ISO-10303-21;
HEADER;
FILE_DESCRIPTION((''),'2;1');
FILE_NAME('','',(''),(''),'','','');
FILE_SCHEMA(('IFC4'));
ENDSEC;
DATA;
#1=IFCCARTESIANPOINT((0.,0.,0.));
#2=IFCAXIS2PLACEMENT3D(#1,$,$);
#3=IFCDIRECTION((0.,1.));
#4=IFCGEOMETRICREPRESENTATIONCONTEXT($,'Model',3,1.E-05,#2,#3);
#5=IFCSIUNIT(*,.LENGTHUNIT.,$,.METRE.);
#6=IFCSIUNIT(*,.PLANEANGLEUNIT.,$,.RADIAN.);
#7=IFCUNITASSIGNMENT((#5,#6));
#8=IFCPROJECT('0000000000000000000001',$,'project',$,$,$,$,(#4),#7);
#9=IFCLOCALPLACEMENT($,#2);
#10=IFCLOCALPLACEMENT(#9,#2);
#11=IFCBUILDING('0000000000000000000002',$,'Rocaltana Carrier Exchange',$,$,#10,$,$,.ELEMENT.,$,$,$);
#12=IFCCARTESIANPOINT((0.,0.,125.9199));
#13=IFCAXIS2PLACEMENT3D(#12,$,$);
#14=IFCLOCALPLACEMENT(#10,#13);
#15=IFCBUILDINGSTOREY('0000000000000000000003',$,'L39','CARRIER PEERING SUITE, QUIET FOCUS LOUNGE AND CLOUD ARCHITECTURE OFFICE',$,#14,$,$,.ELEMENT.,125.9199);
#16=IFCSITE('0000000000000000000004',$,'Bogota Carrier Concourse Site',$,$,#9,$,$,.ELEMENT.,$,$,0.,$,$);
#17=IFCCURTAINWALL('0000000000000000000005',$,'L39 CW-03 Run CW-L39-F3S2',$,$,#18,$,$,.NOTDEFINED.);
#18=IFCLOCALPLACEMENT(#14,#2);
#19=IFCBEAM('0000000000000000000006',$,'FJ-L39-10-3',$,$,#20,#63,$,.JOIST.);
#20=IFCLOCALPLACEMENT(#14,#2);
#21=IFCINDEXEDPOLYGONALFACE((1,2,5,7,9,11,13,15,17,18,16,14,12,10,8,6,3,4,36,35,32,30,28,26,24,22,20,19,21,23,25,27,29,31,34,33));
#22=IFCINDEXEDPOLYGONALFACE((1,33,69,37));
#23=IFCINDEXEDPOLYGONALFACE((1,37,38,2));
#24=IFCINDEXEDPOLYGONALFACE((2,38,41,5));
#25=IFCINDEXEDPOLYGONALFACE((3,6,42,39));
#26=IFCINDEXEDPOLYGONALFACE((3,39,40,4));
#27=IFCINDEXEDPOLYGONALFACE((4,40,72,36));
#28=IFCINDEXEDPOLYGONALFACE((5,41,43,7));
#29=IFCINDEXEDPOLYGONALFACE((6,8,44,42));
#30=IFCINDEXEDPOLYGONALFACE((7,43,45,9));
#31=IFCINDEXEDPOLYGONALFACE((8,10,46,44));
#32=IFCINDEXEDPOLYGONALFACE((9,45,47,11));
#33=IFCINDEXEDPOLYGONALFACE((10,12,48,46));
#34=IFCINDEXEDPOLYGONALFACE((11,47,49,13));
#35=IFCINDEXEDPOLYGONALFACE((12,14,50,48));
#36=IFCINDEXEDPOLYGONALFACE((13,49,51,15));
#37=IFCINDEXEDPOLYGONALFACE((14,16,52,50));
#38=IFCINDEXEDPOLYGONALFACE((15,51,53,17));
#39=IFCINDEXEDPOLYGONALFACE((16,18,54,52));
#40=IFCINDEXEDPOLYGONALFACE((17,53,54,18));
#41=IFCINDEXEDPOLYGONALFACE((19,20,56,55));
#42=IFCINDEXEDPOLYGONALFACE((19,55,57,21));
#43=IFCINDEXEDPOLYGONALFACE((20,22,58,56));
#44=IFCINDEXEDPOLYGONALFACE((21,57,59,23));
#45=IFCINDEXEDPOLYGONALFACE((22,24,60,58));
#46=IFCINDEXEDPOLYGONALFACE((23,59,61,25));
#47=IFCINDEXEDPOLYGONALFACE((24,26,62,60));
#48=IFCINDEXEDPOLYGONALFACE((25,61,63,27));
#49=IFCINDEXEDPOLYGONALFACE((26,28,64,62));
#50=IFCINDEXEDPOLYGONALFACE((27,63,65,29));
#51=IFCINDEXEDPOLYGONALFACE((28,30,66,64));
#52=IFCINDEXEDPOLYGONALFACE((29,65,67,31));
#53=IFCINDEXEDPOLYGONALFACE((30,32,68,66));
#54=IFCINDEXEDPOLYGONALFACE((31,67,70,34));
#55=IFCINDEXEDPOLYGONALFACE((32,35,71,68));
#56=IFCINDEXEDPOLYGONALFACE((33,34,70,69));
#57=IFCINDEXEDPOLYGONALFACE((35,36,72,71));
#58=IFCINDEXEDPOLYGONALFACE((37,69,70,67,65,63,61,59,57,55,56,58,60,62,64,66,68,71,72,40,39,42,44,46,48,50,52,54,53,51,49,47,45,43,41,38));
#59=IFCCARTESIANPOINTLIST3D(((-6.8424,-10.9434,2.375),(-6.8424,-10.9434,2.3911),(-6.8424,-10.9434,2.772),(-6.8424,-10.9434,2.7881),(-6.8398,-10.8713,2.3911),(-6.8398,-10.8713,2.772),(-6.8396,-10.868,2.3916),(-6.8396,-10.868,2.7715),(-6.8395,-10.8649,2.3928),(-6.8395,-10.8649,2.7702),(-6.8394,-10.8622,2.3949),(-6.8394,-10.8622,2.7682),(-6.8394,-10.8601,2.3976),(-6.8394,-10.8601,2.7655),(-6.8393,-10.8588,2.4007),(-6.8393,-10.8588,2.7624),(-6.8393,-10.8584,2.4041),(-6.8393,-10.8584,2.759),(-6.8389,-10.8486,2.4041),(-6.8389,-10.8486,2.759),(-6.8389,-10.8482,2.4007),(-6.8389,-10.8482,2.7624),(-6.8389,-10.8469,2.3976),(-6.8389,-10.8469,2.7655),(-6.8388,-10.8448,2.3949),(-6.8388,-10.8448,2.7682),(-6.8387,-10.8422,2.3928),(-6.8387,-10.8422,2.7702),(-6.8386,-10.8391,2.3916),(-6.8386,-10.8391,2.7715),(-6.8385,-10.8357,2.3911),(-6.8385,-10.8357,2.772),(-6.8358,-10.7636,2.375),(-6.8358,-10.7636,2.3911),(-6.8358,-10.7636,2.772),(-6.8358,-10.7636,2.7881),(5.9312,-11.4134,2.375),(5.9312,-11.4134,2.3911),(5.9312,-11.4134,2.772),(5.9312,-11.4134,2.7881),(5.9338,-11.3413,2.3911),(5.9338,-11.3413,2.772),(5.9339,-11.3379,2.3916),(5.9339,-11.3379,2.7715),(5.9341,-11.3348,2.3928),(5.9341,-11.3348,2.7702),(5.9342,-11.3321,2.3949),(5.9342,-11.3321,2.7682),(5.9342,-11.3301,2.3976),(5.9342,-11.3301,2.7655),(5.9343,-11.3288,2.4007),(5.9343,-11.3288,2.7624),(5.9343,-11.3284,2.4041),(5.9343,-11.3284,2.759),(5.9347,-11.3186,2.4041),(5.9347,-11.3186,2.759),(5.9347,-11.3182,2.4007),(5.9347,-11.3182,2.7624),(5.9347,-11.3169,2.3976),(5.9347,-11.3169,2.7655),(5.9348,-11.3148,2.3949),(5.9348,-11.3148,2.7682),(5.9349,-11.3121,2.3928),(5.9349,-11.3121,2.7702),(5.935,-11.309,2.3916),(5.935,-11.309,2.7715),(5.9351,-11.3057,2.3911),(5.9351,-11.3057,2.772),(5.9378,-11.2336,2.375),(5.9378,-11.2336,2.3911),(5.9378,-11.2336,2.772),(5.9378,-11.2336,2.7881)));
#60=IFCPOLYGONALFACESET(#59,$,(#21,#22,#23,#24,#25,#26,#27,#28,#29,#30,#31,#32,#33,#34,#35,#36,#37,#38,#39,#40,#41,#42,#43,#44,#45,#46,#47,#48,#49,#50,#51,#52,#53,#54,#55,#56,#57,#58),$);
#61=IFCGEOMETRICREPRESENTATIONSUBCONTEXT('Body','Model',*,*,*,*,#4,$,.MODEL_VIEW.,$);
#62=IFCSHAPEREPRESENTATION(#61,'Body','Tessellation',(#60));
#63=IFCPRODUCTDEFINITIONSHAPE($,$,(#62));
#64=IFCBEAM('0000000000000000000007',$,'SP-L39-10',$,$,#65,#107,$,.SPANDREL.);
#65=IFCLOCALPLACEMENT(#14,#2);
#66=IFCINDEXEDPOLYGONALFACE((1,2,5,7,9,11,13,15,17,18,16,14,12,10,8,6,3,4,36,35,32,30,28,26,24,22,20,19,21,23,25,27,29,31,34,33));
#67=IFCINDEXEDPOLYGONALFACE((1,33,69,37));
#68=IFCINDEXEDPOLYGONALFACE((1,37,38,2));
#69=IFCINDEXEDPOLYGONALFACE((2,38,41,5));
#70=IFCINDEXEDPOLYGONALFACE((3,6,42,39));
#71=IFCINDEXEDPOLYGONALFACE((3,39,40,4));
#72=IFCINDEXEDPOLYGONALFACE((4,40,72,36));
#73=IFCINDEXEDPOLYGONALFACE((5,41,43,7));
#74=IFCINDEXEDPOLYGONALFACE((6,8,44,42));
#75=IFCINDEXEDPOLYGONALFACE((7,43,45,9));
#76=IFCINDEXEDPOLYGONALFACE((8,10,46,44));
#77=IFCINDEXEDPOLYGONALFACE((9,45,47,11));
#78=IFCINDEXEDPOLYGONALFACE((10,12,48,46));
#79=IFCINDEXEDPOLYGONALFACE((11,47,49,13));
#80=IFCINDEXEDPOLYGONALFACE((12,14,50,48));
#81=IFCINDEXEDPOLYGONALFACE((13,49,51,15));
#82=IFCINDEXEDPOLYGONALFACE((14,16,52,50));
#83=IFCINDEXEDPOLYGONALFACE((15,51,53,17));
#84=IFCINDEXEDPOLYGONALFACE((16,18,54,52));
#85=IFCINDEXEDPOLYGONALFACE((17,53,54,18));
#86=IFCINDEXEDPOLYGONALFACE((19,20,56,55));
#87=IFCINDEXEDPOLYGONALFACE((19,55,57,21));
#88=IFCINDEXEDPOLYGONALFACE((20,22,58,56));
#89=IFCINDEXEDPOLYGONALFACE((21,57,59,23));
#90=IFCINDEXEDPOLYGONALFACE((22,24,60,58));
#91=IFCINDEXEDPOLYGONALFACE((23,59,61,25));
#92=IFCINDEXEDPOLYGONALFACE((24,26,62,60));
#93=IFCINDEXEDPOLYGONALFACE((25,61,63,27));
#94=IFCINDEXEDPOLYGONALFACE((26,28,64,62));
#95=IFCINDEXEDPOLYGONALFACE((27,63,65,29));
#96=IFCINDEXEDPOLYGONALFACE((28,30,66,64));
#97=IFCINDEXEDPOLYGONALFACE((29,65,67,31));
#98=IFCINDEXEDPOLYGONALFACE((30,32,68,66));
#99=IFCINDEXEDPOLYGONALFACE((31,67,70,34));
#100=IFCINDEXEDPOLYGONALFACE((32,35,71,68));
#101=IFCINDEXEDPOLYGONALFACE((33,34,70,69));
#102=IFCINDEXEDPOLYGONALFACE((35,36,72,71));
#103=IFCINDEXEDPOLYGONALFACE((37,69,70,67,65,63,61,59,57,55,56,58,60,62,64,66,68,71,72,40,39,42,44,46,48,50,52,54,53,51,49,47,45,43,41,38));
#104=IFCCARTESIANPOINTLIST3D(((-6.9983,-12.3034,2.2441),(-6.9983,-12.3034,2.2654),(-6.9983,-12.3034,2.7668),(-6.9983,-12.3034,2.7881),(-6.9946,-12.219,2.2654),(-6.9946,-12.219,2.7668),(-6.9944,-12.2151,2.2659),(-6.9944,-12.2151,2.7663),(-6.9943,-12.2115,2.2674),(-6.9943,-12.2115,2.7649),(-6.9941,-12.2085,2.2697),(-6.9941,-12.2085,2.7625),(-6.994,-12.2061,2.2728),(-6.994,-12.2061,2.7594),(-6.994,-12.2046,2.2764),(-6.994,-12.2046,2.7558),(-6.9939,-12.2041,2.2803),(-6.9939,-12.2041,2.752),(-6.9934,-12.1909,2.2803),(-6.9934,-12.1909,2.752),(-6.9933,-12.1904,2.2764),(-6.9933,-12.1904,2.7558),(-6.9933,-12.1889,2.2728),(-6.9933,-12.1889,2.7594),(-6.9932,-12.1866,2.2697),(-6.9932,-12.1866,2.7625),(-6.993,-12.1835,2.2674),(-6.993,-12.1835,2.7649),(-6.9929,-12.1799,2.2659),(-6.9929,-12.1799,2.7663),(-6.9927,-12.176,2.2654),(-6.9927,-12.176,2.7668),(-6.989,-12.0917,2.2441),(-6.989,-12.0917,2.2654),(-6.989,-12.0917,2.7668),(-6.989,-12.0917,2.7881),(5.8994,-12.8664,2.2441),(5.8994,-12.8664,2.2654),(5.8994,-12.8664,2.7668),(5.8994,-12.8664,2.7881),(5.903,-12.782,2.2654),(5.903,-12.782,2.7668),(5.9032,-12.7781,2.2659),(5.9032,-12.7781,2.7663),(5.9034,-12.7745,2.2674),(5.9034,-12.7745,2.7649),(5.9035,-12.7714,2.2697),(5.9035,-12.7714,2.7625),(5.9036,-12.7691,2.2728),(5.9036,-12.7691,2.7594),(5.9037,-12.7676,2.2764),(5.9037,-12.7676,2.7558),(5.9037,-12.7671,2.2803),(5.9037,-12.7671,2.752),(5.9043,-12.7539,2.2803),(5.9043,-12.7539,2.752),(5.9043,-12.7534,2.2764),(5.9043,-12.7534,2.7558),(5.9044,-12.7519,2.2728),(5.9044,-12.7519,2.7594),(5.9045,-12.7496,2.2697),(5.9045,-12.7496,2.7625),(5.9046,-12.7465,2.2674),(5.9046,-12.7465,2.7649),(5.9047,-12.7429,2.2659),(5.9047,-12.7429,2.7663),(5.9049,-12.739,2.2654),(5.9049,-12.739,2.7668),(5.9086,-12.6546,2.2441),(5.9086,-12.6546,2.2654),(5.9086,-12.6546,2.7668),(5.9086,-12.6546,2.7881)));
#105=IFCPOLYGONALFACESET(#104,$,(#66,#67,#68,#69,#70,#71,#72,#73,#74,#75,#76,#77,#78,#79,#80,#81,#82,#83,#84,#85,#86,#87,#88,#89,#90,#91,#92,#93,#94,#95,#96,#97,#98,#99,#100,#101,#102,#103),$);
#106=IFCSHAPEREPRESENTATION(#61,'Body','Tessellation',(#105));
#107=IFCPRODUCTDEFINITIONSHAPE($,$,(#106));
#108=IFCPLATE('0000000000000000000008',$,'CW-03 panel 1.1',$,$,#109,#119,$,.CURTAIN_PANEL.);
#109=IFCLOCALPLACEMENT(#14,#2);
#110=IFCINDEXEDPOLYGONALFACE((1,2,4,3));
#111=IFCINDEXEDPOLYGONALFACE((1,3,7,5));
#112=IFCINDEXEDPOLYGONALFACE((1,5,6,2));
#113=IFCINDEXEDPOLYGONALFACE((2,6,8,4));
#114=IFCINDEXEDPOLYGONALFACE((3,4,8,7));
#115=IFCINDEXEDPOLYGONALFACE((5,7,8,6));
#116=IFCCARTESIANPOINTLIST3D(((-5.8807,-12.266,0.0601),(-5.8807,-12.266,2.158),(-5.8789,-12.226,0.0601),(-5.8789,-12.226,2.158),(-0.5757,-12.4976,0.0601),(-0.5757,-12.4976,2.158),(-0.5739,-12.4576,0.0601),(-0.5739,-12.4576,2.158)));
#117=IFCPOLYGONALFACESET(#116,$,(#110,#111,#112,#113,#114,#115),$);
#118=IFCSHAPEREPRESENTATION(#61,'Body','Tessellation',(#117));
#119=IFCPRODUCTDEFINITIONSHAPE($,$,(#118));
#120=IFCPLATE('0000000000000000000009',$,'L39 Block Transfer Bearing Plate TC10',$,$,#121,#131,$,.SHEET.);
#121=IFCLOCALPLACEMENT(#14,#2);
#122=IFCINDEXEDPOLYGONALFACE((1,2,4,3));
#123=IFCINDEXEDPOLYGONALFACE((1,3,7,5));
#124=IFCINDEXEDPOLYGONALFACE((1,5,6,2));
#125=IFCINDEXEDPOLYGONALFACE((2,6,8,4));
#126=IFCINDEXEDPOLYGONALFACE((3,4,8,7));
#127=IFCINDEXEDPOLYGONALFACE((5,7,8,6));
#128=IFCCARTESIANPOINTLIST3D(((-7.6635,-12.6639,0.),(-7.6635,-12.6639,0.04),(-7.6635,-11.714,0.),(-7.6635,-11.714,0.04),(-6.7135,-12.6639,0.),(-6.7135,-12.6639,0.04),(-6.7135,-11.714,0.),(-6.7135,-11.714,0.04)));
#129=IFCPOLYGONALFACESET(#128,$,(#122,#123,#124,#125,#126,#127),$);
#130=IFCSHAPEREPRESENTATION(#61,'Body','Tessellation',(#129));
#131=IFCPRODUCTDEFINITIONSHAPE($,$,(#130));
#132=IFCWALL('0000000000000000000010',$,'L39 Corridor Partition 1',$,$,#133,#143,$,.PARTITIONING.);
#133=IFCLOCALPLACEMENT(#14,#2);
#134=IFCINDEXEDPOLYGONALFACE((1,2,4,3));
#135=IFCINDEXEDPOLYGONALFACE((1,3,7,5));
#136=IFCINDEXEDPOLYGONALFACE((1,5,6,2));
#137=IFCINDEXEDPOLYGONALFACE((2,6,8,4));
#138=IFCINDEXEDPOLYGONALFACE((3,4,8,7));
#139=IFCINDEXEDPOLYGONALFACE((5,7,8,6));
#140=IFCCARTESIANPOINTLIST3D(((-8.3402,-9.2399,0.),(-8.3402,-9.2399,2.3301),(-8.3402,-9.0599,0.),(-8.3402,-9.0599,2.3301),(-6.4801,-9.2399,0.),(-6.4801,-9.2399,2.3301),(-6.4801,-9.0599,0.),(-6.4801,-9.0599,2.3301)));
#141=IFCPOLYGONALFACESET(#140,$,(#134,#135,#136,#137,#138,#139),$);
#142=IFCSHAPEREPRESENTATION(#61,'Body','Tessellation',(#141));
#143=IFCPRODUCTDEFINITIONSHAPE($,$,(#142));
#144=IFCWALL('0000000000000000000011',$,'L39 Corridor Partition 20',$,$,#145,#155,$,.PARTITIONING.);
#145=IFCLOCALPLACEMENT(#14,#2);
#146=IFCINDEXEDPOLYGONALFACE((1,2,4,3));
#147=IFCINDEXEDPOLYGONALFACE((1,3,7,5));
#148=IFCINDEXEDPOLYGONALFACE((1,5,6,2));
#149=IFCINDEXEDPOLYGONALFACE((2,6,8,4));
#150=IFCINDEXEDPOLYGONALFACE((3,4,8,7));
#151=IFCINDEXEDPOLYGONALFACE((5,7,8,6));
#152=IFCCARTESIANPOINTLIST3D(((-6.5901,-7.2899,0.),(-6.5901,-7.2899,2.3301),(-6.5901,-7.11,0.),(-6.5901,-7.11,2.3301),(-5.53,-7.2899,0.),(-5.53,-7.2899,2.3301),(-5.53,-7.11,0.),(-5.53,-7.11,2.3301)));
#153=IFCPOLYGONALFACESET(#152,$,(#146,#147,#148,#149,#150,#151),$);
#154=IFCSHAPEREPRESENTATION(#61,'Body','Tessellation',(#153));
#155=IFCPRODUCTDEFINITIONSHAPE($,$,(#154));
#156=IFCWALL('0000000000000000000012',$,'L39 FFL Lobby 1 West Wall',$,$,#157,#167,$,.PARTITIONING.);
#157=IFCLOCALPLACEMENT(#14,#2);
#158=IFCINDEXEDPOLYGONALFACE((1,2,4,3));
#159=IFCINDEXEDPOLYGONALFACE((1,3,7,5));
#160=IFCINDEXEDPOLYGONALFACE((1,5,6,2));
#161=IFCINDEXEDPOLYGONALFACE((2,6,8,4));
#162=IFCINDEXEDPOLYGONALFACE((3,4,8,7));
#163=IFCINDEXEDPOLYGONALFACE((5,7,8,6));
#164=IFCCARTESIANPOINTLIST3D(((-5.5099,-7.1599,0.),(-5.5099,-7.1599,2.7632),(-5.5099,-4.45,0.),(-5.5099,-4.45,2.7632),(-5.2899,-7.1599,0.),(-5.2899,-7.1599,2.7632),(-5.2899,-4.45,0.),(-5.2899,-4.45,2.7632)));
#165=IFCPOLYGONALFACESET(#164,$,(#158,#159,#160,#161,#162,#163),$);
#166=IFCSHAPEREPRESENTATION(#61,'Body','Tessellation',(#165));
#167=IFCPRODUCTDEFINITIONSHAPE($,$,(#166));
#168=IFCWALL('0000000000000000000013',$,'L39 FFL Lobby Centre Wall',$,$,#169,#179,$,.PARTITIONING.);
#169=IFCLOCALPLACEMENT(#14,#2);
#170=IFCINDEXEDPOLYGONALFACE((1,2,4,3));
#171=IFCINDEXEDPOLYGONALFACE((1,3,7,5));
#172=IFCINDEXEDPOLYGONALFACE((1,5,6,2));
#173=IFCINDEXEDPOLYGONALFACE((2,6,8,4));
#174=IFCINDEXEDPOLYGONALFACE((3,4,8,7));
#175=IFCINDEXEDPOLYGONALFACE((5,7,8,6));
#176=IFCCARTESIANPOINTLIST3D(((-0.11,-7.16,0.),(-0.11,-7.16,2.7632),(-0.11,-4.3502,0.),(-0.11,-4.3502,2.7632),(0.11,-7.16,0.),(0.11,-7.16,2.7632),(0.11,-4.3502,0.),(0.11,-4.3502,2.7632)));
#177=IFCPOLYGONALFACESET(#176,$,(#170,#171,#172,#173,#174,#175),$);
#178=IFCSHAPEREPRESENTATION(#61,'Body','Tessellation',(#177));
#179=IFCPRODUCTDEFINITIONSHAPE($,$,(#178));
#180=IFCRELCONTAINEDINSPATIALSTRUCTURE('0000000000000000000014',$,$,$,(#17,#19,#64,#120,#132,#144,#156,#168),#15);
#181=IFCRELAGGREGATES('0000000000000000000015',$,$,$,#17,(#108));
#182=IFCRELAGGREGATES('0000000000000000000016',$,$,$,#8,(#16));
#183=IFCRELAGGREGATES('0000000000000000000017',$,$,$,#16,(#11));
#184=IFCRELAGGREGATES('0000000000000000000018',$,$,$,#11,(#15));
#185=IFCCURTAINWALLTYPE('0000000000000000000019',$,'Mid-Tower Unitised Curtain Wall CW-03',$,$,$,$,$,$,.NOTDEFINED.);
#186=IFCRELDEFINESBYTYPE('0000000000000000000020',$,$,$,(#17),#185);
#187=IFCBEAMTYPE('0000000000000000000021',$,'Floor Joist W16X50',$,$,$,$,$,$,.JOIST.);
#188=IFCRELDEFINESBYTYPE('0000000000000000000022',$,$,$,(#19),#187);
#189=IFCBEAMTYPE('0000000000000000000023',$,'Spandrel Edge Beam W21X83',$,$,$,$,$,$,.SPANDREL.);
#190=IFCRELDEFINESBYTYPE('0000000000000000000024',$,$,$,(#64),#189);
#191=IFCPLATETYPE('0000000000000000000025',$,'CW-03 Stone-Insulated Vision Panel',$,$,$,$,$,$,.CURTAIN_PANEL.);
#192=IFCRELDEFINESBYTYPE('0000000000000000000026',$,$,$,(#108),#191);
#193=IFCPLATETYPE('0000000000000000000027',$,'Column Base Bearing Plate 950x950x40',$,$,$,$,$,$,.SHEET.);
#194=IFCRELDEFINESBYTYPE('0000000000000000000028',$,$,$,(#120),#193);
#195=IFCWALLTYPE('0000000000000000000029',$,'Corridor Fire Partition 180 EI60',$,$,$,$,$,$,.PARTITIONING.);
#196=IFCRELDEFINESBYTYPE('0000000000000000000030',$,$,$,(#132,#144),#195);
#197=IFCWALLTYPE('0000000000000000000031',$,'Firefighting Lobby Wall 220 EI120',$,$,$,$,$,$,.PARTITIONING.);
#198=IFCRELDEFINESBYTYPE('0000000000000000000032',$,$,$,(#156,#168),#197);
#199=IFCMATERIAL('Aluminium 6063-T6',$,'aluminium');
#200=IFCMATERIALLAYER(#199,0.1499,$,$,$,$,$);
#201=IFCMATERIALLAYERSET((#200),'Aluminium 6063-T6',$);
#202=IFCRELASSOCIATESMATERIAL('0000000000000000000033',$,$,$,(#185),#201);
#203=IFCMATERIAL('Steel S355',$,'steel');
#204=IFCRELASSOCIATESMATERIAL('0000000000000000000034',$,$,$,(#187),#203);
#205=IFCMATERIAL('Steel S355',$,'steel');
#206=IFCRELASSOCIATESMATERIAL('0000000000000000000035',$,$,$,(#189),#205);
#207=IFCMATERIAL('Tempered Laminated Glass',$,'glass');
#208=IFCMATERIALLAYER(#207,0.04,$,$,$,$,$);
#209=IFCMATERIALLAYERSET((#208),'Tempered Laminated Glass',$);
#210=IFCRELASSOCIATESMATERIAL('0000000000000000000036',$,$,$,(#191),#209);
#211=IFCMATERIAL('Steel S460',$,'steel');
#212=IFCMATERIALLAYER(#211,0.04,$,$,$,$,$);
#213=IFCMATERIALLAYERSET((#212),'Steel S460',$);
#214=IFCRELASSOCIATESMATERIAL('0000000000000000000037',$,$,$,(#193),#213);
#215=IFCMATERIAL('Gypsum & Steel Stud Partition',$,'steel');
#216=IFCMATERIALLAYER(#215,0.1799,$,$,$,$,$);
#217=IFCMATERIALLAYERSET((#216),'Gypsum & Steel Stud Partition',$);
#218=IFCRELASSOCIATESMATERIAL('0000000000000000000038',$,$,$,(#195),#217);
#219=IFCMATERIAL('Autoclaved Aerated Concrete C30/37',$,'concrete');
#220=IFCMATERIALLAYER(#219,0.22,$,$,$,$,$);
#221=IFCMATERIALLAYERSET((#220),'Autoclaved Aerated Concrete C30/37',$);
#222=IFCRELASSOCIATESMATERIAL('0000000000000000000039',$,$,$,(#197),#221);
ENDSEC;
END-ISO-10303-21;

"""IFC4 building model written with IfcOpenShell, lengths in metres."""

from ifc_helpers import new_model, si_unit, direction, frame, frame_2d, origin, origin_2d, place, context, subcontext, project, spatial, rectangle, i_section, extrude, material, layer, layer_set, material_profile, profile_set, type_object, element, aggregate, save


model = new_model("IFC4")

# Units and contexts
model_context = context("Model", 3, precision=1e-05, world=origin(), true_north=direction((0.0, 1.0)))
body_context = subcontext(model_context, "Body", "Model", "MODEL_VIEW")
ifc_project = project(units=[si_unit("LENGTHUNIT", "METRE"), si_unit("PLANEANGLEUNIT", "RADIAN")], contexts=[model_context])

# Site, building, storey
site_placement = place(None, origin())
site = spatial("IfcSite", under=ifc_project, at=site_placement, Name="Bogota Carrier Concourse Site", CompositionType="ELEMENT", RefElevation=0.0)
building_placement = place(site_placement, origin())
building = spatial("IfcBuilding", under=site, at=building_placement, Name="Rocaltana Carrier Exchange", CompositionType="ELEMENT")
storey_placement = place(building_placement, frame((0.0, 0.0, 125.9199)))
storey = spatial("IfcBuildingStorey", under=building, at=storey_placement, Name="L39", Description="CARRIER PEERING SUITE, QUIET FOCUS LOUNGE AND CLOUD ARCHITECTURE OFFICE", CompositionType="ELEMENT", Elevation=125.9199)

# Curtain wall
ifc_material_1 = material(Name="Aluminium 6063-T6", Category="aluminium")
ifc_layer_1 = layer(ifc_material_1, 0.1499)
ifc_layer_set_1 = layer_set([ifc_layer_1], Name="Aluminium 6063-T6")
curtain_wall_type = type_object("IfcCurtainWallType", Name="Mid-Tower Unitised Curtain Wall CW-03", PredefinedType="NOTDEFINED", material=ifc_layer_set_1)
curtain_wall_placement = place(storey_placement, origin())
curtain_wall = element("IfcCurtainWall", 1, at=curtain_wall_placement, inside=storey, type_object=curtain_wall_type, Name="L39 CW-03 Run CW-L39-F3S2", PredefinedType="NOTDEFINED")

# Beams
ifc_material_2 = material(Name="Steel S355", Category="steel")
ifc_material_profile_1 = material_profile(ifc_material_2, i_section(OverallWidth=0.1799, OverallDepth=0.4131, WebThickness=0.0098, FlangeThickness=0.0161, FilletRadius=0.0129, at=origin_2d()), Name="W16X50")
ifc_profile_set_1 = profile_set([ifc_material_profile_1], Name="Steel S355")
beam_type_1 = type_object("IfcBeamType", Name="Floor Joist W16X50", PredefinedType="JOIST", material=ifc_profile_set_1)
beam_1_placement = place(storey_placement, frame((-6.8391, -10.8535, 2.5815), z_axis=(0.999324, -0.036767, 0.0), x_axis=(0.036767, 0.999324, 0.0)))
element("IfcBeam", 2, at=beam_1_placement, inside=storey, type_object=beam_type_1, Name="FJ-L39-10-3", PredefinedType="JOIST", context=body_context, shape_type="SweptSolid", body=[
    extrude(i_section(OverallWidth=0.1799, OverallDepth=0.4131, WebThickness=0.0098, FlangeThickness=0.0161, FilletRadius=0.0129, at=origin_2d()), origin(), (0.0, 0.0, 1.0), 12.7822),
])
ifc_material_3 = material(Name="Steel S355", Category="steel")
ifc_material_profile_2 = material_profile(ifc_material_3, i_section(OverallWidth=0.2119, OverallDepth=0.5439, WebThickness=0.0132, FlangeThickness=0.0212, FilletRadius=0.0149, at=origin_2d()), Name="W21X83")
ifc_profile_set_2 = profile_set([ifc_material_profile_2], Name="Steel S355")
beam_type_2 = type_object("IfcBeamType", Name="Spandrel Edge Beam W21X83", PredefinedType="SPANDREL", material=ifc_profile_set_2)
beam_2_placement = place(storey_placement, frame((-6.9937, -12.1975, 2.5161), z_axis=(0.999049, -0.043609, 0.0), x_axis=(0.043609, 0.999049, 0.0)))
element("IfcBeam", 3, at=beam_2_placement, inside=storey, type_object=beam_type_2, Name="SP-L39-10", PredefinedType="SPANDREL", context=body_context, shape_type="SweptSolid", body=[
    extrude(i_section(OverallWidth=0.2119, OverallDepth=0.5439, WebThickness=0.0132, FlangeThickness=0.0212, FilletRadius=0.0149, at=origin_2d()), origin(), (0.0, 0.0, 1.0), 12.9099),
])

# Plates
ifc_material_4 = material(Name="Tempered Laminated Glass", Category="glass")
ifc_layer_2 = layer(ifc_material_4, 0.04)
ifc_layer_set_2 = layer_set([ifc_layer_2], Name="Tempered Laminated Glass")
plate_type_1 = type_object("IfcPlateType", Name="CW-03 Stone-Insulated Vision Panel", PredefinedType="CURTAIN_PANEL", material=ifc_layer_set_2)
plate_1_placement = place(storey_placement, frame((-3.2273, -12.3618, 0.0601), z_axis=(0.0, 0.0, 1.0), x_axis=(0.999048, -0.04362, 0.0)))
plate_1 = element("IfcPlate", 4, at=plate_1_placement, type_object=plate_type_1, Name="CW-03 panel 1.1", PredefinedType="CURTAIN_PANEL", context=body_context, shape_type="SweptSolid", body=[
    extrude(rectangle(XDim=5.3101, YDim=0.04, at=origin_2d()), origin(), (0.0, 0.0, 1.0), 2.0979),
])
aggregate(curtain_wall, [plate_1])
ifc_material_5 = material(Name="Steel S460", Category="steel")
ifc_layer_3 = layer(ifc_material_5, 0.04)
ifc_layer_set_3 = layer_set([ifc_layer_3], Name="Steel S460")
plate_type_2 = type_object("IfcPlateType", Name="Column Base Bearing Plate 950x950x40", PredefinedType="SHEET", material=ifc_layer_set_3)
plate_2_placement = place(storey_placement, frame((-7.1885, -12.189, 0.0), z_axis=(0.0, 0.0, 1.0), x_axis=(1.0, 0.0, 0.0)))
element("IfcPlate", 5, at=plate_2_placement, inside=storey, type_object=plate_type_2, Name="L39 Block Transfer Bearing Plate TC10", PredefinedType="SHEET", context=body_context, shape_type="SweptSolid", body=[
    extrude(rectangle(XDim=0.95, YDim=0.95, at=origin_2d()), origin(), (0.0, 0.0, 1.0), 0.04),
])

# Walls
ifc_material_6 = material(Name="Gypsum & Steel Stud Partition", Category="steel")
ifc_layer_4 = layer(ifc_material_6, 0.1799)
ifc_layer_set_4 = layer_set([ifc_layer_4], Name="Gypsum & Steel Stud Partition")
wall_type_1 = type_object("IfcWallType", Name="Corridor Fire Partition 180 EI60", PredefinedType="PARTITIONING", material=ifc_layer_set_4)
wall_1_placement = place(storey_placement, frame((-6.48, -9.1499, 0.0), z_axis=(0.0, 0.0, 1.0), x_axis=(-1.0, 0.0, 0.0)))
element("IfcWall", 6, at=wall_1_placement, inside=storey, type_object=wall_type_1, Name="L39 Corridor Partition 1", PredefinedType="PARTITIONING", context=body_context, shape_type="SweptSolid", body=[
    extrude(rectangle(XDim=1.8601, YDim=0.1799, at=frame_2d((0.9302, 0.0))), origin(), (0.0, 0.0, 1.0), 2.3301),
])
wall_2_placement = place(storey_placement, frame((-6.5901, -7.2, 0.0), z_axis=(0.0, 0.0, 1.0), x_axis=(1.0, 0.0, 0.0)))
element("IfcWall", 7, at=wall_2_placement, inside=storey, type_object=wall_type_1, Name="L39 Corridor Partition 20", PredefinedType="PARTITIONING", context=body_context, shape_type="SweptSolid", body=[
    extrude(rectangle(XDim=1.0601, YDim=0.1799, at=frame_2d((0.53, 0.0))), origin(), (0.0, 0.0, 1.0), 2.3301),
])
ifc_material_7 = material(Name="Autoclaved Aerated Concrete C30/37", Category="concrete")
ifc_layer_5 = layer(ifc_material_7, 0.22)
ifc_layer_set_5 = layer_set([ifc_layer_5], Name="Autoclaved Aerated Concrete C30/37")
wall_type_2 = type_object("IfcWallType", Name="Firefighting Lobby Wall 220 EI120", PredefinedType="PARTITIONING", material=ifc_layer_set_5)
wall_3_placement = place(storey_placement, frame((-5.3999, -7.1599, 0.0), z_axis=(0.0, 0.0, 1.0), x_axis=(0.0, 1.0, 0.0)))
element("IfcWall", 8, at=wall_3_placement, inside=storey, type_object=wall_type_2, Name="L39 FFL Lobby 1 West Wall", PredefinedType="PARTITIONING", context=body_context, shape_type="SweptSolid", body=[
    extrude(rectangle(XDim=2.71, YDim=0.22, at=frame_2d((1.355, 0.0))), origin(), (0.0, 0.0, 1.0), 2.7632),
])
wall_4_placement = place(storey_placement, frame((0.0, -7.1599, 0.0), z_axis=(0.0, 0.0, 1.0), x_axis=(0.0, 1.0, 0.0)))
element("IfcWall", 9, at=wall_4_placement, inside=storey, type_object=wall_type_2, Name="L39 FFL Lobby Centre Wall", PredefinedType="PARTITIONING", context=body_context, shape_type="SweptSolid", body=[
    extrude(rectangle(XDim=2.8098, YDim=0.22, at=frame_2d((1.4048, 0.0))), origin(), (0.0, 0.0, 1.0), 2.7632),
])

save(model, "model.ifc")
